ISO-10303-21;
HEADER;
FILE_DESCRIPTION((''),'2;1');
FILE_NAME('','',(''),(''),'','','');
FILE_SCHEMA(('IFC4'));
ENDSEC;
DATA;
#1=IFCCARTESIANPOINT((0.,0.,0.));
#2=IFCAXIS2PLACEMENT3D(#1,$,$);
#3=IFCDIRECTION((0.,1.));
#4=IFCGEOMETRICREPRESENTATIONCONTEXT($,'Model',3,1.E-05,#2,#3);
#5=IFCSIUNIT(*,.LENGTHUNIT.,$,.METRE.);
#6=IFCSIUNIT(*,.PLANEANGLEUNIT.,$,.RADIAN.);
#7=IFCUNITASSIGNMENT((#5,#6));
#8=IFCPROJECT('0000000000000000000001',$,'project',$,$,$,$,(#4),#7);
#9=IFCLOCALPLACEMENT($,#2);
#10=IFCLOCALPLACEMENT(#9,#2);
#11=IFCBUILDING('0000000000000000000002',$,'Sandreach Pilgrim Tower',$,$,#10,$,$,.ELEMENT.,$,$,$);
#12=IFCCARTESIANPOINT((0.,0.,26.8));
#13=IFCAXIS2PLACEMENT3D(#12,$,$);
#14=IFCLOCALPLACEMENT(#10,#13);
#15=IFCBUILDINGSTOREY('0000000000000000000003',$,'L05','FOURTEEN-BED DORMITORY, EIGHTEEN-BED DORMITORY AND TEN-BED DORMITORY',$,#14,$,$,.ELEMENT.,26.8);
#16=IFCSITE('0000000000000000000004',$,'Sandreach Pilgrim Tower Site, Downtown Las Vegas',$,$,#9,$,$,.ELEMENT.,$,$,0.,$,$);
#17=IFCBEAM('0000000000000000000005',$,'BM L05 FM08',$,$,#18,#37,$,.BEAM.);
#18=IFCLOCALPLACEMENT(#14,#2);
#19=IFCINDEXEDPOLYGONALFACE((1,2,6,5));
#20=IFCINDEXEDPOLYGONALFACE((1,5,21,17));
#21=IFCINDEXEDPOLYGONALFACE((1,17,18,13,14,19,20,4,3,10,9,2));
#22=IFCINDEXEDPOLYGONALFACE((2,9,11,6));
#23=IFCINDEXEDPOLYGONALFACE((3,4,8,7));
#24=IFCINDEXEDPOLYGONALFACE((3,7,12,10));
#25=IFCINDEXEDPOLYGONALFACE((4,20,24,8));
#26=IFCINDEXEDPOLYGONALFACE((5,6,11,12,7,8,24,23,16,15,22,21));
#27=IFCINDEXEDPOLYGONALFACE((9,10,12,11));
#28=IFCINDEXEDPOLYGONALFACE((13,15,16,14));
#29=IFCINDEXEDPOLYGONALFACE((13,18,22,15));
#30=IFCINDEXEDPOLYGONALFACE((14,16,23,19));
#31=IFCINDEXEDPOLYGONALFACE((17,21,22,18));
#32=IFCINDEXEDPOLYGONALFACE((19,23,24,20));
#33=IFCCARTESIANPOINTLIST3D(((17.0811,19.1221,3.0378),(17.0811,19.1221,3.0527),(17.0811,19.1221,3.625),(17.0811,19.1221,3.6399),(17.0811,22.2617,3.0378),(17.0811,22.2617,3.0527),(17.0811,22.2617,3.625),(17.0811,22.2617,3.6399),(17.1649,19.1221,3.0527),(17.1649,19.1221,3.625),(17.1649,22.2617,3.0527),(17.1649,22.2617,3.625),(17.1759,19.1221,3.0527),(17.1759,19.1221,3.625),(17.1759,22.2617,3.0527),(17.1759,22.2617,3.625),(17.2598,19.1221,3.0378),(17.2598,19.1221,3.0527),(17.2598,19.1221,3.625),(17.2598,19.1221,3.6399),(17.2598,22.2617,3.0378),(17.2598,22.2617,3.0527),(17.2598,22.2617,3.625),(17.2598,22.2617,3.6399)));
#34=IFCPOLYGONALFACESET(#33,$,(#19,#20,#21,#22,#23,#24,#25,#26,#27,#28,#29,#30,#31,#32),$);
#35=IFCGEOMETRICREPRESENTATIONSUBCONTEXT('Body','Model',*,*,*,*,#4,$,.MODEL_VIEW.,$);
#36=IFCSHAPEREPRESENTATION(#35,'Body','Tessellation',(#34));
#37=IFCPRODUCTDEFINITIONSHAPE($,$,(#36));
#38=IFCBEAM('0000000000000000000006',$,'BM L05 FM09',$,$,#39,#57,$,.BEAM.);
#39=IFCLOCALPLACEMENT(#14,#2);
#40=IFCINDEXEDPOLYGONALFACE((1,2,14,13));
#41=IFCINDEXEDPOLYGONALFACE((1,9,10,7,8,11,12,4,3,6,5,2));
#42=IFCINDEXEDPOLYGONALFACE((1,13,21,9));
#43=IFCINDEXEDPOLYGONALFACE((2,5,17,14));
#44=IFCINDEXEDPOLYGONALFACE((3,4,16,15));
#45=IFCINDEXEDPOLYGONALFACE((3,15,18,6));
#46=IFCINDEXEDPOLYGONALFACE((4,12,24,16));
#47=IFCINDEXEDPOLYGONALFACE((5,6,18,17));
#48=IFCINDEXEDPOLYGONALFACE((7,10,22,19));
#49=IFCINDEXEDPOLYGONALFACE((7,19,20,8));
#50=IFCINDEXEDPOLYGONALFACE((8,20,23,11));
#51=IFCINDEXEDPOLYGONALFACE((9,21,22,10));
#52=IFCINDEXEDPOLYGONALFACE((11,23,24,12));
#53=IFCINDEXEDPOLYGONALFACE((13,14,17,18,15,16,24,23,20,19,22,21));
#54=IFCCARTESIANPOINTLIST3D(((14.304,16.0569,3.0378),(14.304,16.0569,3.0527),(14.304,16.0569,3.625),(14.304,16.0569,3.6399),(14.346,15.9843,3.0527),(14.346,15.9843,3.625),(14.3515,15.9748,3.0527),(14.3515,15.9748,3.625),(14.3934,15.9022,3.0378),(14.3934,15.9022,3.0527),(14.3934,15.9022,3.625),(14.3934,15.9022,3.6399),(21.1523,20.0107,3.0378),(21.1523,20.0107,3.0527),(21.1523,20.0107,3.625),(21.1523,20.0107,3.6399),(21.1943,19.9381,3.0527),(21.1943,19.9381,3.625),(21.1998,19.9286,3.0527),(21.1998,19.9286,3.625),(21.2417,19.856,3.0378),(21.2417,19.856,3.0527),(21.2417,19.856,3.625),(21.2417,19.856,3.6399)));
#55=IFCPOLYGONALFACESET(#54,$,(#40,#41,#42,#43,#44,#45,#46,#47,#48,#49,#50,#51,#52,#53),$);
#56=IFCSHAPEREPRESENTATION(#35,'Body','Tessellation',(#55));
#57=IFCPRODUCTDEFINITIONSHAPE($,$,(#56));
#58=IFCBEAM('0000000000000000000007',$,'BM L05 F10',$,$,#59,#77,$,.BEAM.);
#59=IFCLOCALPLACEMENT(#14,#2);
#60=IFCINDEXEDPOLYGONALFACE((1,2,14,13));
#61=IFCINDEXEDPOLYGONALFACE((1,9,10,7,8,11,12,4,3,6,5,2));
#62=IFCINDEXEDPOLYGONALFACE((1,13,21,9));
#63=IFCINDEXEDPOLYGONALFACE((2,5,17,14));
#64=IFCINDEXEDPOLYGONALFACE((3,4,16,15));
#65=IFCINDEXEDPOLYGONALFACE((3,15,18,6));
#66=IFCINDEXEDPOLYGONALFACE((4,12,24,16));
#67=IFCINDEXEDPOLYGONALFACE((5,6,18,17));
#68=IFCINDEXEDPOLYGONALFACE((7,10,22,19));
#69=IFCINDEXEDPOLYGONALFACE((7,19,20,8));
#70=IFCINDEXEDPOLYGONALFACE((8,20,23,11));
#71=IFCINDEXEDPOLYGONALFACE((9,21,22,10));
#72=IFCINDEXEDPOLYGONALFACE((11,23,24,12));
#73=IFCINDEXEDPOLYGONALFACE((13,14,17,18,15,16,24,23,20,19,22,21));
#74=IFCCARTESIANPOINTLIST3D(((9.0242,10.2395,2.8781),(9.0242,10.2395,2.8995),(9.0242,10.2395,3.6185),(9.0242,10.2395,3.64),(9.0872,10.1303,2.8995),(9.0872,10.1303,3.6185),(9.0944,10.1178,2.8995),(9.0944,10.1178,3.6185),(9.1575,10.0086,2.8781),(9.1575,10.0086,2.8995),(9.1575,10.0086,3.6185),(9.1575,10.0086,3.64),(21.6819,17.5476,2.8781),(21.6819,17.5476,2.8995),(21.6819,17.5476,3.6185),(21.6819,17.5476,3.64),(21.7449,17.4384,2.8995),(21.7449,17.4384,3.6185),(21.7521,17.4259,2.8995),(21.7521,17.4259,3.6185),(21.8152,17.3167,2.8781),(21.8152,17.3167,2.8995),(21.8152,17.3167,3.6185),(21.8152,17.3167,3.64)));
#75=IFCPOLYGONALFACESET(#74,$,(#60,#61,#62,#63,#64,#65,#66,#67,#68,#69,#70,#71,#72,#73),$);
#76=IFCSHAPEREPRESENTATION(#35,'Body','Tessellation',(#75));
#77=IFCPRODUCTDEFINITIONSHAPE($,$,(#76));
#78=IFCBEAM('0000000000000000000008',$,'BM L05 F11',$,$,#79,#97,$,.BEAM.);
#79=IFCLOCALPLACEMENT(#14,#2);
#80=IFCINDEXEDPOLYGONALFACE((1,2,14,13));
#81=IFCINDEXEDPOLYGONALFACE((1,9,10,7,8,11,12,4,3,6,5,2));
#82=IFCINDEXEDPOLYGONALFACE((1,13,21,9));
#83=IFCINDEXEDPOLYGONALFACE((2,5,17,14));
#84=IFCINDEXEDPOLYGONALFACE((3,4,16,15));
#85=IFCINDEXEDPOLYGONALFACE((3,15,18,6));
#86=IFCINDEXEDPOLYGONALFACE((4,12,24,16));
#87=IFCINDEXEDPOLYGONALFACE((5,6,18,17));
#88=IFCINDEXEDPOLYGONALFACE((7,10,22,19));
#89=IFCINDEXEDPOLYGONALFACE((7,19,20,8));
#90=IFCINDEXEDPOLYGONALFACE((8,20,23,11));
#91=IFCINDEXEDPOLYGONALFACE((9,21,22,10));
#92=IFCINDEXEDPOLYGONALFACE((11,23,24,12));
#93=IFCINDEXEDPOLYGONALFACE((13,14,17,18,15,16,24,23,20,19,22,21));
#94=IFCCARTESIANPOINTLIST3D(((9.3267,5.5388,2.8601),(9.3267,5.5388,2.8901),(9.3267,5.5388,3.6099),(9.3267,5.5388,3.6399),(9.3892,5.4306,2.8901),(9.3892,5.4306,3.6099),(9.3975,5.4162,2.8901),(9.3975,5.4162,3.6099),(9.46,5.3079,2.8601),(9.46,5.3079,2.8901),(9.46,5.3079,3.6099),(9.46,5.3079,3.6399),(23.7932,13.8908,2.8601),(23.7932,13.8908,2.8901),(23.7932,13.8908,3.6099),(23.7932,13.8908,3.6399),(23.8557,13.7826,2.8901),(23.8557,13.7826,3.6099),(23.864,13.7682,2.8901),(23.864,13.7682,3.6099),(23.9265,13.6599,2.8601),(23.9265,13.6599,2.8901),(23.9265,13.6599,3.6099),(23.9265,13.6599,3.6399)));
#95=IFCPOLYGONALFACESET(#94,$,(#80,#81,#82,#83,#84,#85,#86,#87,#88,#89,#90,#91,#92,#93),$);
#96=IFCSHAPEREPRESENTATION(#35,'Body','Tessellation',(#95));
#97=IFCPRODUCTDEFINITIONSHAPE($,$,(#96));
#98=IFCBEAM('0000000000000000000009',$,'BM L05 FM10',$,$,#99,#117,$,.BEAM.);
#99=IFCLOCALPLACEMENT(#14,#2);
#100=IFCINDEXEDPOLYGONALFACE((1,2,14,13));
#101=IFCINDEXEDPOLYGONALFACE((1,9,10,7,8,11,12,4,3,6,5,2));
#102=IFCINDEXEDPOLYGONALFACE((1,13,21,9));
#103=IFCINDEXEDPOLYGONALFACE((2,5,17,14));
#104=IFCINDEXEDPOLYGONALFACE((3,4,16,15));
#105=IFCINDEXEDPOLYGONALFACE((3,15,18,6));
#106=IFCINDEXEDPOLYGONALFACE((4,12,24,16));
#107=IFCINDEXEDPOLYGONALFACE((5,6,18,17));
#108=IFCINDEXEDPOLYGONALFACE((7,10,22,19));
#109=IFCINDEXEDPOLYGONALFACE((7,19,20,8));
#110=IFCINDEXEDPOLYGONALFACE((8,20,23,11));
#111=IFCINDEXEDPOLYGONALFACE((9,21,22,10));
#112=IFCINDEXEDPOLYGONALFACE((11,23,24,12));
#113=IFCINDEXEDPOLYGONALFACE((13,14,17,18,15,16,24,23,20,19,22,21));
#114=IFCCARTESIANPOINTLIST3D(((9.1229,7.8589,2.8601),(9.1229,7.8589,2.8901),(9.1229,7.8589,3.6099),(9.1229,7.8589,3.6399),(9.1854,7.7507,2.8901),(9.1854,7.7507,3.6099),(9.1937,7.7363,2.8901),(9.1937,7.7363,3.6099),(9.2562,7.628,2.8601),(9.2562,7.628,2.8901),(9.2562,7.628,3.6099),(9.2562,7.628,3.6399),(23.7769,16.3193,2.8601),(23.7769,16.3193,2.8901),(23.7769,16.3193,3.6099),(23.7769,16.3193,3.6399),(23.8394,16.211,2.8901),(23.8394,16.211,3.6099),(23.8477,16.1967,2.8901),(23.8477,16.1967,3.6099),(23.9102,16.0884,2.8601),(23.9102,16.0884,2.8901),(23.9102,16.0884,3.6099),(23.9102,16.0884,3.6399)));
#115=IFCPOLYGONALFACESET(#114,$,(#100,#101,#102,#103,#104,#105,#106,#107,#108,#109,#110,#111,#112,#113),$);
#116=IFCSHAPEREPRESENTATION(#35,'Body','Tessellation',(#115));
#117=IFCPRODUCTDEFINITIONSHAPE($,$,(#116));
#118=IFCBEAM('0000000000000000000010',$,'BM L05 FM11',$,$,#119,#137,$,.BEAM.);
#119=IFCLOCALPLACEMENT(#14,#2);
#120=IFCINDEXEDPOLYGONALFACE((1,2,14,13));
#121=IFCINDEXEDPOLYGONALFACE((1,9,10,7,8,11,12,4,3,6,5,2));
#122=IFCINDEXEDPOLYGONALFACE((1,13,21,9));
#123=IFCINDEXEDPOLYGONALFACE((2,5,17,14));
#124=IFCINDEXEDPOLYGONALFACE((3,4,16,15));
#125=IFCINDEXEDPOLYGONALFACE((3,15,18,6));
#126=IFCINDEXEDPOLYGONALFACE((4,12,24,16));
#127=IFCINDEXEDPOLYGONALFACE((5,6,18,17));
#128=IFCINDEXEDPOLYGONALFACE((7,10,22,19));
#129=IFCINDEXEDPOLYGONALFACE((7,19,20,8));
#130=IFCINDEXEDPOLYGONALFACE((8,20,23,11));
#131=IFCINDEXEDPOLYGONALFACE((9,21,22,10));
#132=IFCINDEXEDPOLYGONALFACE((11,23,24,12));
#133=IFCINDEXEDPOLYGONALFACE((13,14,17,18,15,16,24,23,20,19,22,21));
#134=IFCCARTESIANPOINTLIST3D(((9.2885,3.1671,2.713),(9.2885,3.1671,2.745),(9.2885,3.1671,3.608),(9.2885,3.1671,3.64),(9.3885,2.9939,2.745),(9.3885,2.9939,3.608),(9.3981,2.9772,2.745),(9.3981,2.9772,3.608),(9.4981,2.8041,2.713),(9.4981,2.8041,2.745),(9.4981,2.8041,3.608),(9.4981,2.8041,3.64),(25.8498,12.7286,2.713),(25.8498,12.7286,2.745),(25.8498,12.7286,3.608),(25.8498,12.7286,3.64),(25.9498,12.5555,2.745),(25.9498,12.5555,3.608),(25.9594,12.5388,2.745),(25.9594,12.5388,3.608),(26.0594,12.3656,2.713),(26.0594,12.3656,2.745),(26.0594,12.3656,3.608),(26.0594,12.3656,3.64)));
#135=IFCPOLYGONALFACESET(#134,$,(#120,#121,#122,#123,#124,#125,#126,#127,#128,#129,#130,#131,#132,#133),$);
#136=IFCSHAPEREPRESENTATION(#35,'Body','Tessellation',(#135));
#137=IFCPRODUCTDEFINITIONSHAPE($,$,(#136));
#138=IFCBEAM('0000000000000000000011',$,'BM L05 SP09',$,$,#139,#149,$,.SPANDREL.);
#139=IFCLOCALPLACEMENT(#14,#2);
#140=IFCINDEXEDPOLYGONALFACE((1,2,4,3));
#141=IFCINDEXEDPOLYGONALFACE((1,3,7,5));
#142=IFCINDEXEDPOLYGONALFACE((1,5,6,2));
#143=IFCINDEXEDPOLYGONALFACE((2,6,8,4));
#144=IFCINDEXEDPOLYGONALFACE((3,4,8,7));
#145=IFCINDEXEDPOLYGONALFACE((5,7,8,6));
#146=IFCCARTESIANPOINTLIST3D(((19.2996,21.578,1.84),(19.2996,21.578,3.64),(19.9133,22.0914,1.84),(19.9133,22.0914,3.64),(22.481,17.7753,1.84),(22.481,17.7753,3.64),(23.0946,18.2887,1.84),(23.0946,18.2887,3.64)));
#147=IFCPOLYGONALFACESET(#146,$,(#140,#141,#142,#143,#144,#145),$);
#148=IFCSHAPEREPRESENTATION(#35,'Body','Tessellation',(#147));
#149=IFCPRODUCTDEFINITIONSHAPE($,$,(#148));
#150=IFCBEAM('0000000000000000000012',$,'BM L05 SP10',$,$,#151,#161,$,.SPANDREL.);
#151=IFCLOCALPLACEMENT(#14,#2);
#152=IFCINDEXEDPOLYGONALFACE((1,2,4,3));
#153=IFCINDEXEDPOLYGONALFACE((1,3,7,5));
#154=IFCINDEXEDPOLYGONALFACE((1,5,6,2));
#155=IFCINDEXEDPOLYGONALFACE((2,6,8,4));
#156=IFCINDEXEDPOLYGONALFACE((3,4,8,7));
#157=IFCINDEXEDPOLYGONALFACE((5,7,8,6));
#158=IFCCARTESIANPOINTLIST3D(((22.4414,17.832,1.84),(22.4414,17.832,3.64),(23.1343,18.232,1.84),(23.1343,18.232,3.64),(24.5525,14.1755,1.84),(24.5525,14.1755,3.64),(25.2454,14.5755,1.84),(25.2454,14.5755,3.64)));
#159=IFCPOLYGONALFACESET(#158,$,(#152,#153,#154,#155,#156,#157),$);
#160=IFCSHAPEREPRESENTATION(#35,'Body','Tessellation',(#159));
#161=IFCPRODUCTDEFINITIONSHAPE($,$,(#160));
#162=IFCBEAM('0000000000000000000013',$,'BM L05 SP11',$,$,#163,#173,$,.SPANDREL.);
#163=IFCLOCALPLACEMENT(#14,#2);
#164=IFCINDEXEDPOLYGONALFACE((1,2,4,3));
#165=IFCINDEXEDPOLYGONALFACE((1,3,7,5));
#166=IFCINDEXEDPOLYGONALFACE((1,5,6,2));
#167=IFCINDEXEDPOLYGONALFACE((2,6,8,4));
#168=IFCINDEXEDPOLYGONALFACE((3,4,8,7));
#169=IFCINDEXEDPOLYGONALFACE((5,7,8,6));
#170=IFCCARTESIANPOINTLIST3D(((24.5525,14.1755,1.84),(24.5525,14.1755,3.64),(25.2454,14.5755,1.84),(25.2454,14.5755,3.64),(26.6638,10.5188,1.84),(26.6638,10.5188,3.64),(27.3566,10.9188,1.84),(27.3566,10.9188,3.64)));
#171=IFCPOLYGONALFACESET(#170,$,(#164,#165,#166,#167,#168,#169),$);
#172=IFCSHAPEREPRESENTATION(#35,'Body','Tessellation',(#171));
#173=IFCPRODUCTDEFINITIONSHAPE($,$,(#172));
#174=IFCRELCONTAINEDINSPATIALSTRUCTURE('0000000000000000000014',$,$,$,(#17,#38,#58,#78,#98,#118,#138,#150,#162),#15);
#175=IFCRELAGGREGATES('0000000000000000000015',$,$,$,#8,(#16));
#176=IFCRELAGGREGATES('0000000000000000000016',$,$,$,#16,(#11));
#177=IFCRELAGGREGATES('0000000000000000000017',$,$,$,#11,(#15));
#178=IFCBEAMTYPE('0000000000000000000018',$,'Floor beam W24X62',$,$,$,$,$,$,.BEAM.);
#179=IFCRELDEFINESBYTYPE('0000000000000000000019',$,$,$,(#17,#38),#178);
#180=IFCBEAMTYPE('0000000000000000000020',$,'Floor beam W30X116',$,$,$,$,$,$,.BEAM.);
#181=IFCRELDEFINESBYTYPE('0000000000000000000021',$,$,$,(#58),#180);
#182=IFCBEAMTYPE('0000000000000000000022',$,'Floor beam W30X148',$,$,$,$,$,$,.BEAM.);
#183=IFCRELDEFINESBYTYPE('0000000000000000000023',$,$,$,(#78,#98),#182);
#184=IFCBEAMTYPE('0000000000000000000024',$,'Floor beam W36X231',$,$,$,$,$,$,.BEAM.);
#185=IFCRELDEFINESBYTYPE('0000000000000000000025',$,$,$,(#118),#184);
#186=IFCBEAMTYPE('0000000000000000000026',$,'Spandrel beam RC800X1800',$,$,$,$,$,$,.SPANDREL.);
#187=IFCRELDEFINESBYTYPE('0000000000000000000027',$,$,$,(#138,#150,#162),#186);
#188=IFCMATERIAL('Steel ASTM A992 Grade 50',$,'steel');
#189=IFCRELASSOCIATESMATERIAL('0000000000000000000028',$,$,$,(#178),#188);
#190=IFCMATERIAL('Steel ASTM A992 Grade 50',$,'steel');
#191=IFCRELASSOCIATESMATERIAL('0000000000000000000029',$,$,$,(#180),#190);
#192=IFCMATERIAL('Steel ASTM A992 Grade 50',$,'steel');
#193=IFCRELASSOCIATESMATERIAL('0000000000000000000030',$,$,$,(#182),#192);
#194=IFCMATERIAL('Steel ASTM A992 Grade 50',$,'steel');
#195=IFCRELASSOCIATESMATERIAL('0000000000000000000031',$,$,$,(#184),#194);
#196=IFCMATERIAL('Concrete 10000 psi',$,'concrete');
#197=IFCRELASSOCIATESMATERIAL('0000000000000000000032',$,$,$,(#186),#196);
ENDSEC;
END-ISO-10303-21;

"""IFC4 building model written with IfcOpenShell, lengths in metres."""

from ifc_helpers import new_model, si_unit, direction, frame, origin, origin_2d, place, context, subcontext, project, spatial, rectangle, i_section, extrude, material, material_profile, profile_set, type_object, element, save


model = new_model("IFC4")

# Units and contexts
model_context = context("Model", 3, precision=1e-05, world=origin(), true_north=direction((0.0, 1.0)))
body_context = subcontext(model_context, "Body", "Model", "MODEL_VIEW")
ifc_project = project(units=[si_unit("LENGTHUNIT", "METRE"), si_unit("PLANEANGLEUNIT", "RADIAN")], contexts=[model_context])

# Site, building, storey
site_placement = place(None, origin())
site = spatial("IfcSite", under=ifc_project, at=site_placement, Name="Sandreach Pilgrim Tower Site, Downtown Las Vegas", CompositionType="ELEMENT", RefElevation=0.0)
building_placement = place(site_placement, origin())
building = spatial("IfcBuilding", under=site, at=building_placement, Name="Sandreach Pilgrim Tower", CompositionType="ELEMENT")
storey_placement = place(building_placement, frame((0.0, 0.0, 26.8)))
storey = spatial("IfcBuildingStorey", under=building, at=storey_placement, Name="L05", Description="FOURTEEN-BED DORMITORY, EIGHTEEN-BED DORMITORY AND TEN-BED DORMITORY", CompositionType="ELEMENT", Elevation=26.8)

# Beams
ifc_material_1 = material(Name="Steel ASTM A992 Grade 50", Category="steel")
ifc_material_profile_1 = material_profile(ifc_material_1, i_section(OverallWidth=0.1787, OverallDepth=0.6021, WebThickness=0.011, FlangeThickness=0.0149, at=origin_2d()), Name="W24X62")
ifc_profile_set_1 = profile_set([ifc_material_profile_1], Name="Steel ASTM A992 Grade 50")
beam_type_1 = type_object("IfcBeamType", Name="Floor beam W24X62", PredefinedType="BEAM", material=ifc_profile_set_1)
beam_1_placement = place(storey_placement, frame((17.1704, 22.2617, 3.3389), z_axis=(0.0, -1.0, 0.0), x_axis=(1.0, 0.0, 0.0)))
element("IfcBeam", 1, at=beam_1_placement, inside=storey, type_object=beam_type_1, Name="BM L05 FM08", PredefinedType="BEAM", context=body_context, shape_type="SweptSolid", body=[
    extrude(i_section(OverallWidth=0.1787, OverallDepth=0.6021, WebThickness=0.011, FlangeThickness=0.0149, at=origin_2d()), origin(), (0.0, 0.0, 1.0), 3.1396),
])
beam_2_placement = place(storey_placement, frame((21.197, 19.9333, 3.3389), z_axis=(-0.866029, -0.499994, 0.0), x_axis=(0.499994, -0.866029, 0.0)))
element("IfcBeam", 2, at=beam_2_placement, inside=storey, type_object=beam_type_1, Name="BM L05 FM09", PredefinedType="BEAM", context=body_context, shape_type="SweptSolid", body=[
    extrude(i_section(OverallWidth=0.1787, OverallDepth=0.6021, WebThickness=0.011, FlangeThickness=0.0149, at=origin_2d()), origin(), (0.0, 0.0, 1.0), 7.9077),
])
ifc_material_2 = material(Name="Steel ASTM A992 Grade 50", Category="steel")
ifc_material_profile_2 = material_profile(ifc_material_2, i_section(OverallWidth=0.2666, OverallDepth=0.762, WebThickness=0.0144, FlangeThickness=0.0215, at=origin_2d()), Name="W30X116")
ifc_profile_set_2 = profile_set([ifc_material_profile_2], Name="Steel ASTM A992 Grade 50")
beam_type_2 = type_object("IfcBeamType", Name="Floor beam W30X116", PredefinedType="BEAM", material=ifc_profile_set_2)
beam_3_placement = place(storey_placement, frame((21.7485, 17.4321, 3.259), z_axis=(-0.86602, -0.500009, 0.0), x_axis=(0.500009, -0.86602, 0.0)))
element("IfcBeam", 3, at=beam_3_placement, inside=storey, type_object=beam_type_2, Name="BM L05 F10", PredefinedType="BEAM", context=body_context, shape_type="SweptSolid", body=[
    extrude(i_section(OverallWidth=0.2666, OverallDepth=0.762, WebThickness=0.0144, FlangeThickness=0.0215, at=origin_2d()), origin(), (0.0, 0.0, 1.0), 14.616),
])
ifc_material_3 = material(Name="Steel ASTM A992 Grade 50", Category="steel")
ifc_material_profile_3 = material_profile(ifc_material_3, i_section(OverallWidth=0.2666, OverallDepth=0.7798, WebThickness=0.0166, FlangeThickness=0.03, at=origin_2d()), Name="W30X148")
ifc_profile_set_3 = profile_set([ifc_material_profile_3], Name="Steel ASTM A992 Grade 50")
beam_type_3 = type_object("IfcBeamType", Name="Floor beam W30X148", PredefinedType="BEAM", material=ifc_profile_set_3)
beam_4_placement = place(storey_placement, frame((23.8599, 13.7754, 3.25), z_axis=(-0.866031, -0.49999, 0.0), x_axis=(0.49999, -0.866031, 0.0)))
element("IfcBeam", 4, at=beam_4_placement, inside=storey, type_object=beam_type_3, Name="BM L05 F11", PredefinedType="BEAM", context=body_context, shape_type="SweptSolid", body=[
    extrude(i_section(OverallWidth=0.2666, OverallDepth=0.7798, WebThickness=0.0166, FlangeThickness=0.03, at=origin_2d()), origin(), (0.0, 0.0, 1.0), 16.7043),
])
beam_5_placement = place(storey_placement, frame((23.8435, 16.2039, 3.25), z_axis=(-0.866027, -0.499997, 0.0), x_axis=(0.499997, -0.866027, 0.0)))
element("IfcBeam", 5, at=beam_5_placement, inside=storey, type_object=beam_type_3, Name="BM L05 FM10", PredefinedType="BEAM", context=body_context, shape_type="SweptSolid", body=[
    extrude(i_section(OverallWidth=0.2666, OverallDepth=0.7798, WebThickness=0.0166, FlangeThickness=0.03, at=origin_2d()), origin(), (0.0, 0.0, 1.0), 16.9209),
])
ifc_material_4 = material(Name="Steel ASTM A992 Grade 50", Category="steel")
ifc_material_profile_4 = material_profile(ifc_material_4, i_section(OverallWidth=0.4192, OverallDepth=0.927, WebThickness=0.0193, FlangeThickness=0.032, at=origin_2d()), Name="W36X231")
ifc_profile_set_4 = profile_set([ifc_material_profile_4], Name="Steel ASTM A992 Grade 50")
beam_type_4 = type_object("IfcBeamType", Name="Floor beam W36X231", PredefinedType="BEAM", material=ifc_profile_set_4)
beam_6_placement = place(storey_placement, frame((25.9546, 12.5471, 3.1765), z_axis=(-0.866028, -0.499995, 0.0), x_axis=(0.499995, -0.866028, 0.0)))
element("IfcBeam", 6, at=beam_6_placement, inside=storey, type_object=beam_type_4, Name="BM L05 FM11", PredefinedType="BEAM", context=body_context, shape_type="SweptSolid", body=[
    extrude(i_section(OverallWidth=0.4192, OverallDepth=0.927, WebThickness=0.0193, FlangeThickness=0.032, at=origin_2d()), origin(), (0.0, 0.0, 1.0), 19.1233),
])
ifc_material_5 = material(Name="Concrete 10000 psi", Category="concrete")
ifc_material_profile_5 = material_profile(ifc_material_5, rectangle(XDim=0.8, YDim=1.8, at=origin_2d()), Name="RC800X1800")
ifc_profile_set_5 = profile_set([ifc_material_profile_5], Name="Concrete 10000 psi")
beam_type_5 = type_object("IfcBeamType", Name="Spandrel beam RC800X1800", PredefinedType="SPANDREL", material=ifc_profile_set_5)
beam_7_placement = place(storey_placement, frame((19.6064, 21.8347, 2.74), z_axis=(0.641665, -0.766985, 0.0), x_axis=(0.766985, 0.641665, 0.0)))
element("IfcBeam", 7, at=beam_7_placement, inside=storey, type_object=beam_type_5, Name="BM L05 SP09", PredefinedType="SPANDREL", context=body_context, shape_type="SweptSolid", body=[
    extrude(rectangle(XDim=0.8, YDim=1.8, at=origin_2d()), origin(), (0.0, 0.0, 1.0), 4.958),
])
beam_8_placement = place(storey_placement, frame((22.7878, 18.032, 2.74), z_axis=(0.500001, -0.866025, 0.0), x_axis=(0.866025, 0.500001, 0.0)))
element("IfcBeam", 8, at=beam_8_placement, inside=storey, type_object=beam_type_5, Name="BM L05 SP10", PredefinedType="SPANDREL", context=body_context, shape_type="SweptSolid", body=[
    extrude(rectangle(XDim=0.8, YDim=1.8, at=origin_2d()), origin(), (0.0, 0.0, 1.0), 4.2222),
])
beam_9_placement = place(storey_placement, frame((24.8989, 14.3755, 2.74), z_axis=(0.500019, -0.866014, 0.0), x_axis=(0.866014, 0.500019, 0.0)))
element("IfcBeam", 9, at=beam_9_placement, inside=storey, type_object=beam_type_5, Name="BM L05 SP11", PredefinedType="SPANDREL", context=body_context, shape_type="SweptSolid", body=[
    extrude(rectangle(XDim=0.8, YDim=1.8, at=origin_2d()), origin(), (0.0, 0.0, 1.0), 4.2224),
])

save(model, "model.ifc")
